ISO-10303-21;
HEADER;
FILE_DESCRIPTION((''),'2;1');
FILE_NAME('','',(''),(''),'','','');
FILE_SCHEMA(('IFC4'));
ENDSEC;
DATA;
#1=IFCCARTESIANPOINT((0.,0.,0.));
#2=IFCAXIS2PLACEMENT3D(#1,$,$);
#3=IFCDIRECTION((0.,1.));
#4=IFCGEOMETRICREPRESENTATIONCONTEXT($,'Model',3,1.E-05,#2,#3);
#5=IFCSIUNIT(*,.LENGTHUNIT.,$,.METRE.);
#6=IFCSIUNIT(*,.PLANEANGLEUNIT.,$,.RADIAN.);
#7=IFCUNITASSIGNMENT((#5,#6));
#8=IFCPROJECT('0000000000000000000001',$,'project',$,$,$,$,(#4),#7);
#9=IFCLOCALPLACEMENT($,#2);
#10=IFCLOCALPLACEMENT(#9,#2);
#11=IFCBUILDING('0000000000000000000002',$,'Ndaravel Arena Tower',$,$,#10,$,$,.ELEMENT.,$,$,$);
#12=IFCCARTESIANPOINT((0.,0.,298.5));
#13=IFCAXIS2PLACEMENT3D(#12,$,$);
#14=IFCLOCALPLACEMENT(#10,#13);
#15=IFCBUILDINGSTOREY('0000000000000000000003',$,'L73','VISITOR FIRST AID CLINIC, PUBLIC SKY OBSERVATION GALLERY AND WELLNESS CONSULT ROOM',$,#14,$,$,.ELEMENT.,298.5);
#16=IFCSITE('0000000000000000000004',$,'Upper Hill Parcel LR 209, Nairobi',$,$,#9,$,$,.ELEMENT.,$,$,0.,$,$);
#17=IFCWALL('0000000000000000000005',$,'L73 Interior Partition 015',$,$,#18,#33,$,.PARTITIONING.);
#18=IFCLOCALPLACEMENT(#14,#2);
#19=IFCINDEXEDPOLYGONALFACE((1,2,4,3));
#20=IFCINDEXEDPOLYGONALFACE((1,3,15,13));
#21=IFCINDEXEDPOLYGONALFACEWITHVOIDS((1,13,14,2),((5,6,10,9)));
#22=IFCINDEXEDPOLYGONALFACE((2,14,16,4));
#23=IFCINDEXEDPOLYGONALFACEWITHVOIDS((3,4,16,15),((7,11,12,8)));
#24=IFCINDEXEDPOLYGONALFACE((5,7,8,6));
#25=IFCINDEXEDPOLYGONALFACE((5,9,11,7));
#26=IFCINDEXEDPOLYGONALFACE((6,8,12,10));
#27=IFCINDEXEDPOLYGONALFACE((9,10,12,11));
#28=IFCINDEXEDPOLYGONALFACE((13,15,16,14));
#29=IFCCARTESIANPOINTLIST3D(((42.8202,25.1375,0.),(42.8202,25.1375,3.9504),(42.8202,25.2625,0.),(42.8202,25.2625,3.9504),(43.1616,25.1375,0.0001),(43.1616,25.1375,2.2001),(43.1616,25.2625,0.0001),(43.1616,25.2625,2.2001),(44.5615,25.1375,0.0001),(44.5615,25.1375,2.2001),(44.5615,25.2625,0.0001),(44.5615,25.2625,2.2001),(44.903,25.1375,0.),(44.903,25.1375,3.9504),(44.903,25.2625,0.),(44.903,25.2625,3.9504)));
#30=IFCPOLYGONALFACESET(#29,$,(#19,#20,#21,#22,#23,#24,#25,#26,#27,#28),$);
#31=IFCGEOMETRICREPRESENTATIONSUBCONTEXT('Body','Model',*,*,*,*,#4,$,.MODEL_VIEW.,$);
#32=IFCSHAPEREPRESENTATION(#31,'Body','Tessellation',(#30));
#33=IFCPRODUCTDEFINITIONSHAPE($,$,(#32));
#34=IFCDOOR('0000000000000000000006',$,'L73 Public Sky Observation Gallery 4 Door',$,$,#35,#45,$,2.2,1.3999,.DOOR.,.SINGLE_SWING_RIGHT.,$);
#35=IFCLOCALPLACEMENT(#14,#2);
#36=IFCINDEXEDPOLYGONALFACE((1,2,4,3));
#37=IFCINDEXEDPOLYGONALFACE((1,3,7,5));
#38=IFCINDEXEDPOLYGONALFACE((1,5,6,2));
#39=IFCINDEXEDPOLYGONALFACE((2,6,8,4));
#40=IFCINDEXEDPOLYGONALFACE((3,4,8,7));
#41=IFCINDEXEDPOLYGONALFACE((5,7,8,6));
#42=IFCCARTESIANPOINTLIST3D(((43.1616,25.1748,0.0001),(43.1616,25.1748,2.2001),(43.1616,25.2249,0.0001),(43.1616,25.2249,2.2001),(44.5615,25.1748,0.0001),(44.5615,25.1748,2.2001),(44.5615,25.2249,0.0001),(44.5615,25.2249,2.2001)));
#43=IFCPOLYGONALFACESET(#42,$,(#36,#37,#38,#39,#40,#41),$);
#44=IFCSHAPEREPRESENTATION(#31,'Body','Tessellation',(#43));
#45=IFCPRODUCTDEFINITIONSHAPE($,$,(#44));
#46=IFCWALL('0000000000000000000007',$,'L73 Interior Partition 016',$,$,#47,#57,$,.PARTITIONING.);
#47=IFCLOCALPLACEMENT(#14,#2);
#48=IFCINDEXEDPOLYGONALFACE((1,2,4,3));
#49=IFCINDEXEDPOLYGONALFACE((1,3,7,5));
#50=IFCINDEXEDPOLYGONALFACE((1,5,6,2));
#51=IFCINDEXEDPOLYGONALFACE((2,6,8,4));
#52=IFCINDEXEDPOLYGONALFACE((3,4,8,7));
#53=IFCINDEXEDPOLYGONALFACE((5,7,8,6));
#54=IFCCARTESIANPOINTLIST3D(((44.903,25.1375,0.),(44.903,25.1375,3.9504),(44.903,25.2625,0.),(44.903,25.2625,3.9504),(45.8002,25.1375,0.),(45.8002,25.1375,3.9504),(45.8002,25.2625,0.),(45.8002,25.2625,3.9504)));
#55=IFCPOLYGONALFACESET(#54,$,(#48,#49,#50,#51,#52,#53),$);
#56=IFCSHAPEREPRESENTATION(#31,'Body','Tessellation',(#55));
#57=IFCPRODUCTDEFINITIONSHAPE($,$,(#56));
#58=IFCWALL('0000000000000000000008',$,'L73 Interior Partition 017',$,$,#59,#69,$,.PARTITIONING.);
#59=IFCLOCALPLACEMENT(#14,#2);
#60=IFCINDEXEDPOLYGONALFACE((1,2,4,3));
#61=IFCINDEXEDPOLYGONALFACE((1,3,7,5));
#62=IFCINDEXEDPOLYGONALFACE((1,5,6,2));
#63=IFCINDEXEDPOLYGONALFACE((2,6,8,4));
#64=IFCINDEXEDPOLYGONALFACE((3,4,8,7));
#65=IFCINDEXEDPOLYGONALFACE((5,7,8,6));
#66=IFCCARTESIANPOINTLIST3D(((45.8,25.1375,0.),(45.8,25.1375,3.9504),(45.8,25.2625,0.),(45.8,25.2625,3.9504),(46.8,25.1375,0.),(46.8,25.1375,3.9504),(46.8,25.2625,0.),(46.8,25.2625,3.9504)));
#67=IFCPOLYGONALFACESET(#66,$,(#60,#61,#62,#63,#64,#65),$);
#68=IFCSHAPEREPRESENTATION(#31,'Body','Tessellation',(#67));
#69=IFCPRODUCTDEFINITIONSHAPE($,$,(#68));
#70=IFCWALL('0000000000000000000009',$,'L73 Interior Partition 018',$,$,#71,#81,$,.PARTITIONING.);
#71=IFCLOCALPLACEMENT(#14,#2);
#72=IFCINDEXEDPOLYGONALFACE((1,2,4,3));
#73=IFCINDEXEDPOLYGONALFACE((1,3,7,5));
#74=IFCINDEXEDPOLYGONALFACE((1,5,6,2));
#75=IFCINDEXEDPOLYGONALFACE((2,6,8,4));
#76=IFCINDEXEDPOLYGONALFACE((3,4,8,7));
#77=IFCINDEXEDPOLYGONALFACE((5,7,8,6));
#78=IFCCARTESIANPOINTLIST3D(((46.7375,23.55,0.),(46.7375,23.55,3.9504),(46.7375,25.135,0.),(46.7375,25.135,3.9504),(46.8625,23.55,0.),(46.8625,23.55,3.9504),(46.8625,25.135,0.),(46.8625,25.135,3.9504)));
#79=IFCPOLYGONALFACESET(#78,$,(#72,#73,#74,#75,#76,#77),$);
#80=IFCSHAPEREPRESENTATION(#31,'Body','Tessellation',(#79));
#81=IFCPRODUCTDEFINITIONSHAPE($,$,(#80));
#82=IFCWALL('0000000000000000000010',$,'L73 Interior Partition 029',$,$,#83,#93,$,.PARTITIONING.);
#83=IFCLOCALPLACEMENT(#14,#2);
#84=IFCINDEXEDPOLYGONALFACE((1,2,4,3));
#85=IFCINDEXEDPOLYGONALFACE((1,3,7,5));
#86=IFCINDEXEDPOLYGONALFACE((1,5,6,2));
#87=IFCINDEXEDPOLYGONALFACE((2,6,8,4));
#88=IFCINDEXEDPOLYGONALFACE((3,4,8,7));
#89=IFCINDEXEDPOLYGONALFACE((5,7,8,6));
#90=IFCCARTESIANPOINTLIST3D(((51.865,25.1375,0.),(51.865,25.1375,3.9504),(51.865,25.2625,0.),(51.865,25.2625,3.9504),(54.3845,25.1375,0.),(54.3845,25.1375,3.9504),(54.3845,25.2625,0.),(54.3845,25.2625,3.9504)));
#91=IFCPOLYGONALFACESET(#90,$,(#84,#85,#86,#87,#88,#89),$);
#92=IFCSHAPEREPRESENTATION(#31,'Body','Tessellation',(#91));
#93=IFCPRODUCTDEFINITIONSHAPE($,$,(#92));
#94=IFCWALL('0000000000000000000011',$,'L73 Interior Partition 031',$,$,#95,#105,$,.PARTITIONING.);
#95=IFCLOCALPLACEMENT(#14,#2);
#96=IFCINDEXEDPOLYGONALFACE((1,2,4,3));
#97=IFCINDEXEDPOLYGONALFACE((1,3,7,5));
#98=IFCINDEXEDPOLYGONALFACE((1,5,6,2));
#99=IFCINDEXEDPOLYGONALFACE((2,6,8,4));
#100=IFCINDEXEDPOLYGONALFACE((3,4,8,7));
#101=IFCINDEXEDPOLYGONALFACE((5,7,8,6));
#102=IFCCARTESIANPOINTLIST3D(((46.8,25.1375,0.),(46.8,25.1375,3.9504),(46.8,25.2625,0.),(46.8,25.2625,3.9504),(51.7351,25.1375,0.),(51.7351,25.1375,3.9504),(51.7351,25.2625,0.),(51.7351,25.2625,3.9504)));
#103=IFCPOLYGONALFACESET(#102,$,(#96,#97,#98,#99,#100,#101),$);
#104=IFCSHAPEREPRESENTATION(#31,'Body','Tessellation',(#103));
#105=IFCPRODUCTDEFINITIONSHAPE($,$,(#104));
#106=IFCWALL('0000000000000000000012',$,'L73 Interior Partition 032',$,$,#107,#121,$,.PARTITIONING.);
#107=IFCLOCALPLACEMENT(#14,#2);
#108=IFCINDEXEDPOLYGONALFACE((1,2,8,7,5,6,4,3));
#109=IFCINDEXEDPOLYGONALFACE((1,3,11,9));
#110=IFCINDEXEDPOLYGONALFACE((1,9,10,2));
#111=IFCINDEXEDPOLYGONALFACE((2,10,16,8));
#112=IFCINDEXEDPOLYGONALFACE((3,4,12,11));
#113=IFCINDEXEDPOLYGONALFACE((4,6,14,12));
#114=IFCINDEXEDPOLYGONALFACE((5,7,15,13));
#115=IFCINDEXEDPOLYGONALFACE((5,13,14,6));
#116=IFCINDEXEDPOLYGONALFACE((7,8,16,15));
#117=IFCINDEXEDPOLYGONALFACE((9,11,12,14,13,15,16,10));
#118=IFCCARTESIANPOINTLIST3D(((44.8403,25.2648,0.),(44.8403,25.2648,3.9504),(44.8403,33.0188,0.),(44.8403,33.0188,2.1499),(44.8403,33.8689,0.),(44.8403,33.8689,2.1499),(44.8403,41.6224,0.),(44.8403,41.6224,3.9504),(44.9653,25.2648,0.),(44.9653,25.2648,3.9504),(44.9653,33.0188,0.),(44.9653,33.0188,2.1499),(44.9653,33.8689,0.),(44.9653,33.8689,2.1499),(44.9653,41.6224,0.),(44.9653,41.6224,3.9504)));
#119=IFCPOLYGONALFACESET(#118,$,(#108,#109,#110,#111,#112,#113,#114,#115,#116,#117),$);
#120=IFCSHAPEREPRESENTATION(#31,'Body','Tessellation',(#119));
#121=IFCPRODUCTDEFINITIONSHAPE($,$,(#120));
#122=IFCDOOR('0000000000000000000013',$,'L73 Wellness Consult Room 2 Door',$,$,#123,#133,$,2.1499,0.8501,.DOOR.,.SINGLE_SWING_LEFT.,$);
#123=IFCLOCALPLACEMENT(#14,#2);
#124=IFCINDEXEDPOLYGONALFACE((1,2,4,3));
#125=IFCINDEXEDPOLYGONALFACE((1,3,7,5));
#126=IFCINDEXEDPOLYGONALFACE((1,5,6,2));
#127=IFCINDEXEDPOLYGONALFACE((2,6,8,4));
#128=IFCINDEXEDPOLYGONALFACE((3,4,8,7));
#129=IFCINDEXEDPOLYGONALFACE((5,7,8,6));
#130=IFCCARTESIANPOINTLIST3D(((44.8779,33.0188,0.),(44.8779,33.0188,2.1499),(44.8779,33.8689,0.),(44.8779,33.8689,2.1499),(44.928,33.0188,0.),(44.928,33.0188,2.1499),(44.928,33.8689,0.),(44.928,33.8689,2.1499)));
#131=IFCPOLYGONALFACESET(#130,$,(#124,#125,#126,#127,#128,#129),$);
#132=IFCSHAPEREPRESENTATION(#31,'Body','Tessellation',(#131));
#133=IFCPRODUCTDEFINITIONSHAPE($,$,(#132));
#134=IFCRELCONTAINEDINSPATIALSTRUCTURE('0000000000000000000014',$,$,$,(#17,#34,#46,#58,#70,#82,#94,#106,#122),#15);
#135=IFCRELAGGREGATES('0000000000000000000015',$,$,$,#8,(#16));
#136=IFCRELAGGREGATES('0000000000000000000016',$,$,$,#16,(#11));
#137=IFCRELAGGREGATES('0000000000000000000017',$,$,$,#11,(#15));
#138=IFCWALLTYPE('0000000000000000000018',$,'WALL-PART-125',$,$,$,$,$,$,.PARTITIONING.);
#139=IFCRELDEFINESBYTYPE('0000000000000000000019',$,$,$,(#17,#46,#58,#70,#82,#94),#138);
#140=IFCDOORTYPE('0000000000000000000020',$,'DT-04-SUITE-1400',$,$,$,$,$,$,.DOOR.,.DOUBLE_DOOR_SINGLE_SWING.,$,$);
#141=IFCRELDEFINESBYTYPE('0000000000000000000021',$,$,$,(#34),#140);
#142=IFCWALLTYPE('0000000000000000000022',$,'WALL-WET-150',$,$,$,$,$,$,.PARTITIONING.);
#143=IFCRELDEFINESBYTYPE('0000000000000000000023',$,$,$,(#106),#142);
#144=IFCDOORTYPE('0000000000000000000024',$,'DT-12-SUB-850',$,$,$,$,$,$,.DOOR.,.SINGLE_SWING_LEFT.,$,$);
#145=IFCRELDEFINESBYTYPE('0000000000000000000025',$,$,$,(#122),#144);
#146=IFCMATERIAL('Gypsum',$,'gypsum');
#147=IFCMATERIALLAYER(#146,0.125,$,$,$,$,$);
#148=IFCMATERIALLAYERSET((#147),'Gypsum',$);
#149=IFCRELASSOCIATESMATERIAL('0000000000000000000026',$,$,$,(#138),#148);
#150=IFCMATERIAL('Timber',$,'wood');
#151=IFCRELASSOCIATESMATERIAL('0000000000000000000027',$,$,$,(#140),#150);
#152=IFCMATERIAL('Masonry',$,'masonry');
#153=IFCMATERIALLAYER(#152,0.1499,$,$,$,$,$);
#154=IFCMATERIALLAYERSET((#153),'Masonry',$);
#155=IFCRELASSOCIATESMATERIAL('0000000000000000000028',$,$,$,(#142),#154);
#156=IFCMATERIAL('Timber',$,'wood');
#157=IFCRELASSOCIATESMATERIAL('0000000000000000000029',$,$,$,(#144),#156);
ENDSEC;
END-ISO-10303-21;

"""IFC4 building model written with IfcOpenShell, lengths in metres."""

from ifc_helpers import new_model, si_unit, direction, frame, frame_2d, origin, place, context, subcontext, project, spatial, rectangle, extrude, material, layer, layer_set, type_object, element, fill, save


model = new_model("IFC4")

# Units and contexts
model_context = context("Model", 3, precision=1e-05, world=origin(), true_north=direction((0.0, 1.0)))
body_context = subcontext(model_context, "Body", "Model", "MODEL_VIEW")
ifc_project = project(units=[si_unit("LENGTHUNIT", "METRE"), si_unit("PLANEANGLEUNIT", "RADIAN")], contexts=[model_context])

# Site, building, storey
site_placement = place(None, origin())
site = spatial("IfcSite", under=ifc_project, at=site_placement, Name="Upper Hill Parcel LR 209, Nairobi", CompositionType="ELEMENT", RefElevation=0.0)
building_placement = place(site_placement, origin())
building = spatial("IfcBuilding", under=site, at=building_placement, Name="Ndaravel Arena Tower", CompositionType="ELEMENT")
storey_placement = place(building_placement, frame((0.0, 0.0, 298.5)))
storey = spatial("IfcBuildingStorey", under=building, at=storey_placement, Name="L73", Description="VISITOR FIRST AID CLINIC, PUBLIC SKY OBSERVATION GALLERY AND WELLNESS CONSULT ROOM", CompositionType="ELEMENT", Elevation=298.5)

# Wall, opening, door
ifc_material_1 = material(Name="Gypsum", Category="gypsum")
ifc_layer_1 = layer(ifc_material_1, 0.125)
ifc_layer_set_1 = layer_set([ifc_layer_1], Name="Gypsum")
wall_type_1 = type_object("IfcWallType", Name="WALL-PART-125", PredefinedType="PARTITIONING", material=ifc_layer_set_1)
wall_1_placement = place(storey_placement, frame((42.8201, 25.2, 0.0), z_axis=(0.0, 0.0, 1.0), x_axis=(1.0, 0.0, 0.0)))
wall_1 = element("IfcWall", 1, at=wall_1_placement, inside=storey, type_object=wall_type_1, Name="L73 Interior Partition 015", PredefinedType="PARTITIONING", context=body_context, shape_type="SweptSolid", body=[
    extrude(rectangle(XDim=2.0828, YDim=0.125, at=frame_2d((1.0415, 0.0))), origin(), (0.0, 0.0, 1.0), 3.9504),
])
opening_1_placement = place(wall_1_placement, frame((0.3416, 0.0, 0.0)))
opening_1 = element("IfcOpeningElement", 2, at=opening_1_placement, cuts=wall_1, PredefinedType="OPENING", context=body_context, shape_type="SweptSolid", body=[
    extrude(rectangle(XDim=1.3999, YDim=2.2, at=frame_2d((0.7, 1.1001))), frame((0.0, 0.0625, 0.0), z_axis=(0.0, -1.0, 0.0), x_axis=(1.0, 0.0, 0.0)), (0.0, 0.0, 1.0), 0.125),
])
ifc_material_2 = material(Name="Timber", Category="wood")
door_type_1 = type_object("IfcDoorType", Name="DT-04-SUITE-1400", OperationType="DOUBLE_DOOR_SINGLE_SWING", PredefinedType="DOOR", material=ifc_material_2)
door_1_placement = place(opening_1_placement, origin())
door_1 = element("IfcDoor", 3, at=door_1_placement, inside=storey, type_object=door_type_1, Name="L73 Public Sky Observation Gallery 4 Door", OperationType="SINGLE_SWING_RIGHT", OverallHeight=2.2, OverallWidth=1.3999, PredefinedType="DOOR", context=body_context, shape_type="SweptSolid", body=[
    extrude(rectangle(XDim=1.3999, YDim=2.2, at=frame_2d((0.7, 1.1001))), frame((0.0, 0.0249, 0.0), z_axis=(0.0, -1.0, 0.0), x_axis=(1.0, 0.0, 0.0)), (0.0, 0.0, 1.0), 0.05),
])
fill(opening_1, door_1)

# Walls
wall_2_placement = place(storey_placement, frame((44.9028, 25.2, 0.0), z_axis=(0.0, 0.0, 1.0), x_axis=(1.0, 0.0, 0.0)))
element("IfcWall", 4, at=wall_2_placement, inside=storey, type_object=wall_type_1, Name="L73 Interior Partition 016", PredefinedType="PARTITIONING", context=body_context, shape_type="SweptSolid", body=[
    extrude(rectangle(XDim=0.8972, YDim=0.125, at=frame_2d((0.4487, 0.0))), origin(), (0.0, 0.0, 1.0), 3.9504),
])
wall_3_placement = place(storey_placement, frame((45.8, 25.2, 0.0), z_axis=(0.0, 0.0, 1.0), x_axis=(1.0, 0.0, 0.0)))
element("IfcWall", 5, at=wall_3_placement, inside=storey, type_object=wall_type_1, Name="L73 Interior Partition 017", PredefinedType="PARTITIONING", context=body_context, shape_type="SweptSolid", body=[
    extrude(rectangle(XDim=1.0, YDim=0.125, at=frame_2d((0.5, 0.0))), origin(), (0.0, 0.0, 1.0), 3.9504),
])
wall_4_placement = place(storey_placement, frame((46.8, 25.135, 0.0), z_axis=(0.0, 0.0, 1.0), x_axis=(0.0, -1.0, 0.0)))
element("IfcWall", 6, at=wall_4_placement, inside=storey, type_object=wall_type_1, Name="L73 Interior Partition 018", PredefinedType="PARTITIONING", context=body_context, shape_type="SweptSolid", body=[
    extrude(rectangle(XDim=1.585, YDim=0.125, at=frame_2d((0.7925, 0.0))), origin(), (0.0, 0.0, 1.0), 3.9504),
])
wall_5_placement = place(storey_placement, frame((51.865, 25.2, 0.0), z_axis=(0.0, 0.0, 1.0), x_axis=(1.0, 0.0, 0.0)))
element("IfcWall", 7, at=wall_5_placement, inside=storey, type_object=wall_type_1, Name="L73 Interior Partition 029", PredefinedType="PARTITIONING", context=body_context, shape_type="SweptSolid", body=[
    extrude(rectangle(XDim=2.5195, YDim=0.125, at=frame_2d((1.2598, 0.0))), origin(), (0.0, 0.0, 1.0), 3.9504),
])
wall_6_placement = place(storey_placement, frame((46.8, 25.2, 0.0), z_axis=(0.0, 0.0, 1.0), x_axis=(1.0, 0.0, 0.0)))
element("IfcWall", 8, at=wall_6_placement, inside=storey, type_object=wall_type_1, Name="L73 Interior Partition 031", PredefinedType="PARTITIONING", context=body_context, shape_type="SweptSolid", body=[
    extrude(rectangle(XDim=4.9351, YDim=0.125, at=frame_2d((2.4675, 0.0))), origin(), (0.0, 0.0, 1.0), 3.9504),
])

# Wall, opening, door
ifc_material_3 = material(Name="Masonry", Category="masonry")
ifc_layer_2 = layer(ifc_material_3, 0.1499)
ifc_layer_set_2 = layer_set([ifc_layer_2], Name="Masonry")
wall_type_2 = type_object("IfcWallType", Name="WALL-WET-150", PredefinedType="PARTITIONING", material=ifc_layer_set_2)
wall_7_placement = place(storey_placement, frame((44.9028, 25.2649, 0.0), z_axis=(0.0, 0.0, 1.0), x_axis=(0.0, 1.0, 0.0)))
wall_7 = element("IfcWall", 9, at=wall_7_placement, inside=storey, type_object=wall_type_2, Name="L73 Interior Partition 032", PredefinedType="PARTITIONING", context=body_context, shape_type="SweptSolid", body=[
    extrude(rectangle(XDim=16.3577, YDim=0.125, at=frame_2d((8.1787, 0.0))), origin(), (0.0, 0.0, 1.0), 3.9504),
])
opening_2_placement = place(wall_7_placement, frame((7.7539, 0.0, 0.0)))
opening_2 = element("IfcOpeningElement", 10, at=opening_2_placement, cuts=wall_7, PredefinedType="OPENING", context=body_context, shape_type="SweptSolid", body=[
    extrude(rectangle(XDim=0.8501, YDim=2.1499, at=frame_2d((0.425, 1.075))), frame((0.0, 0.0625, 0.0), z_axis=(0.0, -1.0, 0.0), x_axis=(1.0, 0.0, 0.0)), (0.0, 0.0, 1.0), 0.125),
])
ifc_material_4 = material(Name="Timber", Category="wood")
door_type_2 = type_object("IfcDoorType", Name="DT-12-SUB-850", OperationType="SINGLE_SWING_LEFT", PredefinedType="DOOR", material=ifc_material_4)
door_2_placement = place(opening_2_placement, origin())
door_2 = element("IfcDoor", 11, at=door_2_placement, inside=storey, type_object=door_type_2, Name="L73 Wellness Consult Room 2 Door", OperationType="SINGLE_SWING_LEFT", OverallHeight=2.1499, OverallWidth=0.8501, PredefinedType="DOOR", context=body_context, shape_type="SweptSolid", body=[
    extrude(rectangle(XDim=0.8501, YDim=2.1499, at=frame_2d((0.425, 1.075))), frame((0.0, 0.0249, 0.0), z_axis=(0.0, -1.0, 0.0), x_axis=(1.0, 0.0, 0.0)), (0.0, 0.0, 1.0), 0.05),
])
fill(opening_2, door_2)

save(model, "model.ifc")
